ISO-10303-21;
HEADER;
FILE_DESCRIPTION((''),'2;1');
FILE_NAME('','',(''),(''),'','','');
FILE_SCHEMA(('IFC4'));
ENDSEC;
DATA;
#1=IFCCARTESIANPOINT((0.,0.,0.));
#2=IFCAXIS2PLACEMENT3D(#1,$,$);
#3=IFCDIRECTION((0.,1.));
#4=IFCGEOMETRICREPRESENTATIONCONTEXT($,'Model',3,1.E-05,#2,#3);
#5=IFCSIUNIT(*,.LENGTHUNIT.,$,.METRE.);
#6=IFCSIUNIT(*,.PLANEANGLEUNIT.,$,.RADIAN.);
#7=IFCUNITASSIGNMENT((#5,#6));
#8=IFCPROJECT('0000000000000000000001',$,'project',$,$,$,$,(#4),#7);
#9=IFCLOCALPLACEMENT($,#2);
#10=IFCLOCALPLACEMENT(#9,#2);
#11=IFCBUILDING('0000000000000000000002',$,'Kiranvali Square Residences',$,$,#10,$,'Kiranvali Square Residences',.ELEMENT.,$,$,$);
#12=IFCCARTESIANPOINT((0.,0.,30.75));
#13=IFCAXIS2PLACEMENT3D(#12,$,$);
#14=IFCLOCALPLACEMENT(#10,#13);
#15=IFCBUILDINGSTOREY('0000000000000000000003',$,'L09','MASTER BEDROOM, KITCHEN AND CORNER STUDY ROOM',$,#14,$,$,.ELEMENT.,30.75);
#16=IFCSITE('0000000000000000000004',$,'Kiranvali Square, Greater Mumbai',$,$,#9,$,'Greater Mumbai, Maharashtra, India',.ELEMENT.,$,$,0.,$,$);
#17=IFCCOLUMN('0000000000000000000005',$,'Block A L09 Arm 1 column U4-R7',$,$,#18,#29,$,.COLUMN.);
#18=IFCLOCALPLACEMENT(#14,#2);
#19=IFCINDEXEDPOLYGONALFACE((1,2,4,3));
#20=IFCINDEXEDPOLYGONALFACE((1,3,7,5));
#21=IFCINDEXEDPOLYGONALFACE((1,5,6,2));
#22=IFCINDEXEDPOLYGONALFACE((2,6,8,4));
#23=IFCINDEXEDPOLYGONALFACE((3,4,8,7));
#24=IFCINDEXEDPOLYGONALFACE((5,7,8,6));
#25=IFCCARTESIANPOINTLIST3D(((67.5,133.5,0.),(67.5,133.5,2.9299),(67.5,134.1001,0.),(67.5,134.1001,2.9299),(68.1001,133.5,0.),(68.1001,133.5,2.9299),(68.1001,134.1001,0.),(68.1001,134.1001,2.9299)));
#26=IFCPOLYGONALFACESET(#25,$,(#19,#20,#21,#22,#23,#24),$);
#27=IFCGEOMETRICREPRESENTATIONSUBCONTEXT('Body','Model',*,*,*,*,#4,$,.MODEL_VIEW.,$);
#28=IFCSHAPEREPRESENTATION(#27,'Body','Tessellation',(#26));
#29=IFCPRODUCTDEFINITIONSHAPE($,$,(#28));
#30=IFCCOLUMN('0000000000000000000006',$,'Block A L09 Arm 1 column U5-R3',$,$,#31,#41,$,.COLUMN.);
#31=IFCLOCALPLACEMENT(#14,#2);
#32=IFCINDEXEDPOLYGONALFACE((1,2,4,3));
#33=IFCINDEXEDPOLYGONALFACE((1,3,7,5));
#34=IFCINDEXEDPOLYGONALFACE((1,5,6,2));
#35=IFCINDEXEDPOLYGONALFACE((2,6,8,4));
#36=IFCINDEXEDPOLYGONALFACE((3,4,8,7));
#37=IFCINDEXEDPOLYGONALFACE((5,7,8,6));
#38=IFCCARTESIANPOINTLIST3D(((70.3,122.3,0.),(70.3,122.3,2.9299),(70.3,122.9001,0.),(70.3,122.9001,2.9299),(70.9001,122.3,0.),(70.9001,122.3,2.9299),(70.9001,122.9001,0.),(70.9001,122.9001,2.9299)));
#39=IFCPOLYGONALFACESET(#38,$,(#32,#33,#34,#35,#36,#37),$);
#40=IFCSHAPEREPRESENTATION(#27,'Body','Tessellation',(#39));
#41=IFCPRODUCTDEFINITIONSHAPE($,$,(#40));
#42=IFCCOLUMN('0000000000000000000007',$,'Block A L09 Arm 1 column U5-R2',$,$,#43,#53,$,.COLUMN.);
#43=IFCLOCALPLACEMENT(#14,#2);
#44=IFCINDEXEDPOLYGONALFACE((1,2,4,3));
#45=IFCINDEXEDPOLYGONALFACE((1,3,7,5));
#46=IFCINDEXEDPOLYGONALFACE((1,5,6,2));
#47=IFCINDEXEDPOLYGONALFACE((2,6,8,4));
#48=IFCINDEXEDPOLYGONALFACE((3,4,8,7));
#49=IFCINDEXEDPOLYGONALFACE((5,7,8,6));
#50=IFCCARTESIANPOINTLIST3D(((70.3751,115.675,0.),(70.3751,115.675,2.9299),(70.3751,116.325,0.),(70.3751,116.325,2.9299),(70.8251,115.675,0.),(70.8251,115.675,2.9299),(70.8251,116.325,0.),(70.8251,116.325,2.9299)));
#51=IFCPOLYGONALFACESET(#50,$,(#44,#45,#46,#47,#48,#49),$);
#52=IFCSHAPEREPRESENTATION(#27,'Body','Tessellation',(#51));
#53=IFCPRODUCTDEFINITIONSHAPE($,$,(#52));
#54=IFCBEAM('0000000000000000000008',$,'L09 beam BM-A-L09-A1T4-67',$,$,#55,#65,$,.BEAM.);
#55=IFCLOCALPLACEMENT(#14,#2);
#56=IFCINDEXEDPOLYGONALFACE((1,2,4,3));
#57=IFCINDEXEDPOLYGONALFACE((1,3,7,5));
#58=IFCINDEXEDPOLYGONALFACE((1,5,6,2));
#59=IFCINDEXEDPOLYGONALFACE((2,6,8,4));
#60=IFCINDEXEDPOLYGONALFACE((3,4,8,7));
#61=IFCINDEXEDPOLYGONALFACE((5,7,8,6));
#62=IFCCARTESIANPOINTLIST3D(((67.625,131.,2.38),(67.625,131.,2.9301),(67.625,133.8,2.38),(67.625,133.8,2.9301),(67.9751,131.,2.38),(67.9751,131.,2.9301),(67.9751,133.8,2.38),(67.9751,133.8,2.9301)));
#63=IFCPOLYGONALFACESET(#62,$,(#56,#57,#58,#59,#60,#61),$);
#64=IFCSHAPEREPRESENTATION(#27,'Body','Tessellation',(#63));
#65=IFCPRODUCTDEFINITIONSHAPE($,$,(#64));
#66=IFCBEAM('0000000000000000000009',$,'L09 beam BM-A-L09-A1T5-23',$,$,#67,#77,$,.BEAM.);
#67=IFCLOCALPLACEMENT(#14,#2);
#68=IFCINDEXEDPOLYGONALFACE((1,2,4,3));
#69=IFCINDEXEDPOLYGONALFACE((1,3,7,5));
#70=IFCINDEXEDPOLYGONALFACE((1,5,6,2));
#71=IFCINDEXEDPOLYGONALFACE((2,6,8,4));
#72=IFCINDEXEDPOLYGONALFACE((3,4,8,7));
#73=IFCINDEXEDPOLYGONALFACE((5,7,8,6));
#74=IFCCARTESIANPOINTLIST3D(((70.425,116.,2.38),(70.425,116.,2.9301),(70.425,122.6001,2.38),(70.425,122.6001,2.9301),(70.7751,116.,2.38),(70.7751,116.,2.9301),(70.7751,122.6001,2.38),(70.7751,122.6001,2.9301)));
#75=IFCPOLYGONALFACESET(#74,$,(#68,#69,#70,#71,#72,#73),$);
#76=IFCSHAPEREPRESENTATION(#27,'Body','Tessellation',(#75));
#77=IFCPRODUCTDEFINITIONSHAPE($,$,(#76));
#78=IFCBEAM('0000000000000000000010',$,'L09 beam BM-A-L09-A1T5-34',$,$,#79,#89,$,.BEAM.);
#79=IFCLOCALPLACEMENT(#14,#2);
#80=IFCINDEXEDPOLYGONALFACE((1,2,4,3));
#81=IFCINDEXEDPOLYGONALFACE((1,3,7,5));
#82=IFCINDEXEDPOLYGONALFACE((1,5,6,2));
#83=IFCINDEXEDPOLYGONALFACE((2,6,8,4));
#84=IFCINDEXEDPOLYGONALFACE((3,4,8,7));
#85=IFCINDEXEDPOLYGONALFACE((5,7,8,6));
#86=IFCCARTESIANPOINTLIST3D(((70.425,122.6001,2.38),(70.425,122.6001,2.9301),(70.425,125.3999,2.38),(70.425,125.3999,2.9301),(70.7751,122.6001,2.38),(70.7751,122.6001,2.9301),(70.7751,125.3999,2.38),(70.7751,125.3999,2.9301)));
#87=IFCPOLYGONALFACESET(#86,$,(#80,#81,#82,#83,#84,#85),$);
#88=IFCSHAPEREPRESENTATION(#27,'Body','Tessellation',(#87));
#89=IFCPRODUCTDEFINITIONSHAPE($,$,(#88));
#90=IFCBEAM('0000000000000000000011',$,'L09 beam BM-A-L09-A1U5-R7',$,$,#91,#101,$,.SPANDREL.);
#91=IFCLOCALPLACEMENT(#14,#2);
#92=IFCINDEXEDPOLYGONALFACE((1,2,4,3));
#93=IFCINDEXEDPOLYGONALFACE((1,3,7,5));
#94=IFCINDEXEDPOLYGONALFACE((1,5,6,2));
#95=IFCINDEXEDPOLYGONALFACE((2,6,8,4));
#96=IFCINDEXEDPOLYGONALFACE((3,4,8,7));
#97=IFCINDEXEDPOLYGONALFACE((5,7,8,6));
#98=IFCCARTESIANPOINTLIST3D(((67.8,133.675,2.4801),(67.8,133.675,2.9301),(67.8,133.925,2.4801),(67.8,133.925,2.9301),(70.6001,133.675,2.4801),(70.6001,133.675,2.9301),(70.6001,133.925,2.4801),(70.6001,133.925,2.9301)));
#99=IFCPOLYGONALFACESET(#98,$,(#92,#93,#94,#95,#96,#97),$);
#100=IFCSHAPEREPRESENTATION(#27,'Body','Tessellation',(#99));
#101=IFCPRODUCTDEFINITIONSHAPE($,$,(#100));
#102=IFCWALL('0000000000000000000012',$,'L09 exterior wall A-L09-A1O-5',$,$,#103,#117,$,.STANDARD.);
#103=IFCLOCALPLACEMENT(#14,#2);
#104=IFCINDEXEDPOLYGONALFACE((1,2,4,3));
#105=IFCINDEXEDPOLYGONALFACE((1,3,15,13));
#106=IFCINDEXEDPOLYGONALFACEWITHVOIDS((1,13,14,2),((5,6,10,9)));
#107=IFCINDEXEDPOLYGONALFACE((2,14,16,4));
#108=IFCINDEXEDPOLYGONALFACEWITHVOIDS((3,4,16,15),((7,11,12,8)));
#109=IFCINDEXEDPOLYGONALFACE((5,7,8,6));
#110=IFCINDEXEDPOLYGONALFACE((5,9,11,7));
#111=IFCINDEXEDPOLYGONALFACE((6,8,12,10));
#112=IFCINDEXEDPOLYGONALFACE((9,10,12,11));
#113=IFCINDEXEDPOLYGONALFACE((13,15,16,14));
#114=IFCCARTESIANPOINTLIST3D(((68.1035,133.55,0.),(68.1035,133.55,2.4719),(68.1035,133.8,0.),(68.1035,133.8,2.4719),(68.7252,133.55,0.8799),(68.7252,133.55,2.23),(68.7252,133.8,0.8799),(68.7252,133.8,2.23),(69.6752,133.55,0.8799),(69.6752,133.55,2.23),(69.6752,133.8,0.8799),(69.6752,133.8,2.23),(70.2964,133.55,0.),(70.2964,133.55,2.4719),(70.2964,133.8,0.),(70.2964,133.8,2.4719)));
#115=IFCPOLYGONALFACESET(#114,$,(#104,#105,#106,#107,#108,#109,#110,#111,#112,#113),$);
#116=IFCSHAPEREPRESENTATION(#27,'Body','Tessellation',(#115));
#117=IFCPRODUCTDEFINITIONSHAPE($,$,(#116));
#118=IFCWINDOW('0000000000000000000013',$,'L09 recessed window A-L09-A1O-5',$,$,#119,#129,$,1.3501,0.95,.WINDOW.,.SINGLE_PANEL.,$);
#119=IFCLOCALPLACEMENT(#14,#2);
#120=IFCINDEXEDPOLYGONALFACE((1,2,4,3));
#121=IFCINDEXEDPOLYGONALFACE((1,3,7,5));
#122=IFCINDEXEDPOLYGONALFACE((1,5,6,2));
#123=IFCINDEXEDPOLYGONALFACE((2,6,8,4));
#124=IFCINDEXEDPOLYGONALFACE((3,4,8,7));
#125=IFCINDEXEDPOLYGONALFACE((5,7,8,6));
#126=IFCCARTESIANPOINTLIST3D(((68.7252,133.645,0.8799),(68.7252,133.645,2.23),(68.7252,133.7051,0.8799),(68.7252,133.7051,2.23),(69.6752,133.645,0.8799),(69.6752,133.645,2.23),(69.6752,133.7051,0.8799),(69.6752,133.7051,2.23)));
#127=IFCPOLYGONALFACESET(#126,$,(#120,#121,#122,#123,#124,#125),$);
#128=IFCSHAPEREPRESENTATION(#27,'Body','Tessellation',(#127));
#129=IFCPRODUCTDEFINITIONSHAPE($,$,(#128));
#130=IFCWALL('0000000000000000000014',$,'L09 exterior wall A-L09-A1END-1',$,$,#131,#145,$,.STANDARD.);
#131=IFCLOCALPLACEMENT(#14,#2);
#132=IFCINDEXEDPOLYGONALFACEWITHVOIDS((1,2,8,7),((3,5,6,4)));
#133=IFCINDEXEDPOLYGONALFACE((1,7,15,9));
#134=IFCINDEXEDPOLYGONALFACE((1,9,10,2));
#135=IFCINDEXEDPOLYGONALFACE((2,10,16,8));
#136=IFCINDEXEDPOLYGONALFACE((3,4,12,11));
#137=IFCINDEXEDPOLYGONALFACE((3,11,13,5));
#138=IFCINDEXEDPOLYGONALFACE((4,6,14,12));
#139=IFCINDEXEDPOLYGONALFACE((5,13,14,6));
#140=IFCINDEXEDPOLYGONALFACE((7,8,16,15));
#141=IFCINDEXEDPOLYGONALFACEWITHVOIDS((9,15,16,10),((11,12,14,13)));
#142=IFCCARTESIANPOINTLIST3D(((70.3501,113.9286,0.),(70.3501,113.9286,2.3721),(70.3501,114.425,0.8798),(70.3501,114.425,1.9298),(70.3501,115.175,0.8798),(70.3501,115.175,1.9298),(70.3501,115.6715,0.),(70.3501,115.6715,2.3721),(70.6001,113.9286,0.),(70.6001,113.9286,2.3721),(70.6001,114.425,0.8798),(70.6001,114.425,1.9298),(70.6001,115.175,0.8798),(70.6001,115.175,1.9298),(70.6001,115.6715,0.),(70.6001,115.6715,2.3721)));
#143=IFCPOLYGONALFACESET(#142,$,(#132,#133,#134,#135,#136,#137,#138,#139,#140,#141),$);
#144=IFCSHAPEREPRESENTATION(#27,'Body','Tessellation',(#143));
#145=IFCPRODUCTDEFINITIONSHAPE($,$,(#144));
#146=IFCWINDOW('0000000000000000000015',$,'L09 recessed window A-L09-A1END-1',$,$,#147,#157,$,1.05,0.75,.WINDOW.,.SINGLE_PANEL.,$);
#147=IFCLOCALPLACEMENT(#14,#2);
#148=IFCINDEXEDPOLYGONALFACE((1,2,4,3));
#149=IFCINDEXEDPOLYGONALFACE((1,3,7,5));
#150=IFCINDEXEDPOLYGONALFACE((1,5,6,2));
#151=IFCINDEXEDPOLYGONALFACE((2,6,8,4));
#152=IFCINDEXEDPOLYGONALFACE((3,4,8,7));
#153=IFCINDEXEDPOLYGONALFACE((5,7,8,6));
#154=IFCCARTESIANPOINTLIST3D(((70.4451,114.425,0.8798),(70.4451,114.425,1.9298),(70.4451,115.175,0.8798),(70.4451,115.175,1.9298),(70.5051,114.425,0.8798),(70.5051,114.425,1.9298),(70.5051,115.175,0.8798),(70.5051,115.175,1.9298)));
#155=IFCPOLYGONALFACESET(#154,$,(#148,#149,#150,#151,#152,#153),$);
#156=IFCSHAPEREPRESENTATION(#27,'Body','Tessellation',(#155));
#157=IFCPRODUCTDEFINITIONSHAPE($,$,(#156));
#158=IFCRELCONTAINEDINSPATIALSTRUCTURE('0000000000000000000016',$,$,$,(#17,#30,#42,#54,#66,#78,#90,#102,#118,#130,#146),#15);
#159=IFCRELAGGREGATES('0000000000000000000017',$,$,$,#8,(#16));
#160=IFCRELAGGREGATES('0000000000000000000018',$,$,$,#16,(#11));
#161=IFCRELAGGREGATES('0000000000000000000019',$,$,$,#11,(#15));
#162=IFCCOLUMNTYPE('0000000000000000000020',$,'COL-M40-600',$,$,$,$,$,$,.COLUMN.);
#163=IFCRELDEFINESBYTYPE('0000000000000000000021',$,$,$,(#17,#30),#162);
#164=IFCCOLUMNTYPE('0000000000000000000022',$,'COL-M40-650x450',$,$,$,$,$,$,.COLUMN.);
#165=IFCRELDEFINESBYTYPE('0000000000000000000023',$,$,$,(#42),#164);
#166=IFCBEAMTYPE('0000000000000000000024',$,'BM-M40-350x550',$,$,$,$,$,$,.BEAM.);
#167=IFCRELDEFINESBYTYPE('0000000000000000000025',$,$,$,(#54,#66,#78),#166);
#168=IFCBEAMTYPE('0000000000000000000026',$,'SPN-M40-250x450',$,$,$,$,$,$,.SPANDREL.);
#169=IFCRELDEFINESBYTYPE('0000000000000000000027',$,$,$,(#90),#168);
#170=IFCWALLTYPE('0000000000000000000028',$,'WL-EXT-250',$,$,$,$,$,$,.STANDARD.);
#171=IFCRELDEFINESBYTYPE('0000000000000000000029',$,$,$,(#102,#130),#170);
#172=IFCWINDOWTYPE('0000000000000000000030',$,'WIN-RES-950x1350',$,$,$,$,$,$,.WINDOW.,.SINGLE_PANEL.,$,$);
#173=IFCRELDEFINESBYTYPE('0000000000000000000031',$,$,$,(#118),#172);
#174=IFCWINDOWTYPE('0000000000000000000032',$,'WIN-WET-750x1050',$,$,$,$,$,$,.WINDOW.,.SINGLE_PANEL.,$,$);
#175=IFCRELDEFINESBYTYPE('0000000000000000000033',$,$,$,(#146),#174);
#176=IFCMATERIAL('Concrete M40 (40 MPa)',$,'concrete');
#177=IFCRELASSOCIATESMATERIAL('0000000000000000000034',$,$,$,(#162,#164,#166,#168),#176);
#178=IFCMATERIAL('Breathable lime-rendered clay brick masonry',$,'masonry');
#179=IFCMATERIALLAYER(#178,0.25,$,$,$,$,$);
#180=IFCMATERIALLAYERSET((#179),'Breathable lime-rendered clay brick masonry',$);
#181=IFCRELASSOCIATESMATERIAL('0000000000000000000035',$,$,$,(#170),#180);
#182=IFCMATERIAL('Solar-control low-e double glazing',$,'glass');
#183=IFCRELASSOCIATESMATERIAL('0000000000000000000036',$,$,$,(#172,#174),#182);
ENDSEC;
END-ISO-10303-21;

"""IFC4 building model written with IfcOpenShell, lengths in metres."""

from ifc_helpers import new_model, si_unit, direction, frame, frame_2d, origin, origin_2d, place, context, subcontext, project, spatial, rectangle, extrude, material, layer, layer_set, material_profile, profile_set, type_object, element, fill, save


model = new_model("IFC4")

# Units and contexts
model_context = context("Model", 3, precision=1e-05, world=origin(), true_north=direction((0.0, 1.0)))
body_context = subcontext(model_context, "Body", "Model", "MODEL_VIEW")
ifc_project = project(units=[si_unit("LENGTHUNIT", "METRE"), si_unit("PLANEANGLEUNIT", "RADIAN")], contexts=[model_context])

# Site, building, storey
site_placement = place(None, origin())
site = spatial("IfcSite", under=ifc_project, at=site_placement, Name="Kiranvali Square, Greater Mumbai", LongName="Greater Mumbai, Maharashtra, India", CompositionType="ELEMENT", RefElevation=0.0)
building_placement = place(site_placement, origin())
building = spatial("IfcBuilding", under=site, at=building_placement, Name="Kiranvali Square Residences", LongName="Kiranvali Square Residences", CompositionType="ELEMENT")
storey_placement = place(building_placement, frame((0.0, 0.0, 30.75)))
storey = spatial("IfcBuildingStorey", under=building, at=storey_placement, Name="L09", Description="MASTER BEDROOM, KITCHEN AND CORNER STUDY ROOM", CompositionType="ELEMENT", Elevation=30.75)

# Columns
ifc_material_1 = material(Name="Concrete M40 (40 MPa)", Category="concrete")
ifc_material_profile_1 = material_profile(ifc_material_1, rectangle(XDim=0.6001, YDim=0.6001, at=origin_2d()), Name="RC 600x600")
ifc_profile_set_1 = profile_set([ifc_material_profile_1], Name="Concrete M40 (40 MPa)")
column_type_1 = type_object("IfcColumnType", Name="COL-M40-600", PredefinedType="COLUMN", material=ifc_profile_set_1)
for number, where, z_axis, x_axis, name in (
    (1, (67.8, 133.8, 0.0), (0.0, 0.0, 1.0), (1.0, 0.0, 0.0), "Block A L09 Arm 1 column U4-R7"),
    (2, (70.6001, 122.6001, 0.0), (0.0, 0.0, 1.0), (1.0, 0.0, 0.0), "Block A L09 Arm 1 column U5-R3"),
):
    element("IfcColumn", number, at=place(storey_placement, frame(where, z_axis=z_axis, x_axis=x_axis)), inside=storey, type_object=column_type_1, Name=name, PredefinedType="COLUMN", context=body_context, shape_type="SweptSolid", body=[
        extrude(rectangle(XDim=0.6001, YDim=0.6001, at=origin_2d()), origin(), (0.0, 0.0, 1.0), 2.9299),
    ])
ifc_material_profile_2 = material_profile(ifc_material_1, rectangle(XDim=0.45, YDim=0.6499, at=origin_2d()), Name="RC 650x450")
ifc_profile_set_2 = profile_set([ifc_material_profile_2], Name="Concrete M40 (40 MPa)")
column_type_2 = type_object("IfcColumnType", Name="COL-M40-650x450", PredefinedType="COLUMN", material=ifc_profile_set_2)
column_placement = place(storey_placement, frame((70.6001, 116.0, 0.0), z_axis=(0.0, 0.0, 1.0), x_axis=(1.0, 0.0, 0.0)))
element("IfcColumn", 3, at=column_placement, inside=storey, type_object=column_type_2, Name="Block A L09 Arm 1 column U5-R2", PredefinedType="COLUMN", context=body_context, shape_type="SweptSolid", body=[
    extrude(rectangle(XDim=0.45, YDim=0.6499, at=origin_2d()), origin(), (0.0, 0.0, 1.0), 2.9299),
])

# Beams
ifc_material_profile_3 = material_profile(ifc_material_1, rectangle(XDim=0.3501, YDim=0.55, at=origin_2d()), Name="RC 350x550")
ifc_profile_set_3 = profile_set([ifc_material_profile_3], Name="Concrete M40 (40 MPa)")
beam_type_1 = type_object("IfcBeamType", Name="BM-M40-350x550", PredefinedType="BEAM", material=ifc_profile_set_3)
beam_1_placement = place(storey_placement, frame((67.8, 131.0, 2.655), z_axis=(0.0, 1.0, 0.0), x_axis=(-1.0, 0.0, 0.0)))
element("IfcBeam", 4, at=beam_1_placement, inside=storey, type_object=beam_type_1, Name="L09 beam BM-A-L09-A1T4-67", PredefinedType="BEAM", context=body_context, shape_type="SweptSolid", body=[
    extrude(rectangle(XDim=0.3501, YDim=0.55, at=origin_2d()), origin(), (0.0, 0.0, 1.0), 2.8),
])
beam_2_placement = place(storey_placement, frame((70.6001, 116.0, 2.655), z_axis=(0.0, 1.0, 0.0), x_axis=(-1.0, 0.0, 0.0)))
element("IfcBeam", 5, at=beam_2_placement, inside=storey, type_object=beam_type_1, Name="L09 beam BM-A-L09-A1T5-23", PredefinedType="BEAM", context=body_context, shape_type="SweptSolid", body=[
    extrude(rectangle(XDim=0.3501, YDim=0.55, at=origin_2d()), origin(), (0.0, 0.0, 1.0), 6.6001),
])
beam_3_placement = place(storey_placement, frame((70.6001, 122.6001, 2.655), z_axis=(0.0, 1.0, 0.0), x_axis=(-1.0, 0.0, 0.0)))
element("IfcBeam", 6, at=beam_3_placement, inside=storey, type_object=beam_type_1, Name="L09 beam BM-A-L09-A1T5-34", PredefinedType="BEAM", context=body_context, shape_type="SweptSolid", body=[
    extrude(rectangle(XDim=0.3501, YDim=0.55, at=origin_2d()), origin(), (0.0, 0.0, 1.0), 2.7998),
])
ifc_material_profile_4 = material_profile(ifc_material_1, rectangle(XDim=0.25, YDim=0.45, at=origin_2d()), Name="RC 250x450")
ifc_profile_set_4 = profile_set([ifc_material_profile_4], Name="Concrete M40 (40 MPa)")
beam_type_2 = type_object("IfcBeamType", Name="SPN-M40-250x450", PredefinedType="SPANDREL", material=ifc_profile_set_4)
beam_4_placement = place(storey_placement, frame((67.8, 133.8, 2.7051), z_axis=(1.0, 0.0, 0.0), x_axis=(0.0, 1.0, 0.0)))
element("IfcBeam", 7, at=beam_4_placement, inside=storey, type_object=beam_type_2, Name="L09 beam BM-A-L09-A1U5-R7", PredefinedType="SPANDREL", context=body_context, shape_type="SweptSolid", body=[
    extrude(rectangle(XDim=0.25, YDim=0.45, at=origin_2d()), origin(), (0.0, 0.0, 1.0), 2.8),
])

# Walls, openings, windows
ifc_material_2 = material(Name="Breathable lime-rendered clay brick masonry", Category="masonry")
ifc_layer_1 = layer(ifc_material_2, 0.25)
ifc_layer_set_1 = layer_set([ifc_layer_1], Name="Breathable lime-rendered clay brick masonry")
wall_type_1 = type_object("IfcWallType", Name="WL-EXT-250", PredefinedType="STANDARD", material=ifc_layer_set_1)
wall_1_placement = place(storey_placement, frame((68.1035, 133.675, 0.0), z_axis=(0.0, 0.0, 1.0), x_axis=(1.0, 0.0, 0.0)))
wall_1 = element("IfcWall", 8, at=wall_1_placement, inside=storey, type_object=wall_type_1, Name="L09 exterior wall A-L09-A1O-5", PredefinedType="STANDARD", context=body_context, shape_type="SweptSolid", body=[
    extrude(rectangle(XDim=2.1929, YDim=0.25, at=frame_2d((1.0964, 0.0))), origin(), (0.0, 0.0, 1.0), 2.4719),
])
opening_1_placement = place(wall_1_placement, frame((0.6216, 0.0, 0.8799)))
opening_1 = element("IfcOpeningElement", 9, at=opening_1_placement, cuts=wall_1, PredefinedType="OPENING", context=body_context, shape_type="SweptSolid", body=[
    extrude(rectangle(XDim=0.95, YDim=1.3501, at=frame_2d((0.4751, 0.675))), frame((0.0, 0.135, 0.0), z_axis=(0.0, -1.0, 0.0), x_axis=(1.0, 0.0, 0.0)), (0.0, 0.0, 1.0), 0.27),
])
ifc_material_3 = material(Name="Solar-control low-e double glazing", Category="glass")
window_type_1 = type_object("IfcWindowType", Name="WIN-RES-950x1350", PartitioningType="SINGLE_PANEL", PredefinedType="WINDOW", material=ifc_material_3)
window_1_placement = place(opening_1_placement, origin())
window_1 = element("IfcWindow", 10, at=window_1_placement, inside=storey, type_object=window_type_1, Name="L09 recessed window A-L09-A1O-5", OverallHeight=1.3501, OverallWidth=0.95, PartitioningType="SINGLE_PANEL", PredefinedType="WINDOW", context=body_context, shape_type="SweptSolid", body=[
    extrude(rectangle(XDim=0.95, YDim=1.3501, at=frame_2d((0.4751, 0.675))), frame((0.0, 0.03, 0.0), z_axis=(0.0, -1.0, 0.0), x_axis=(1.0, 0.0, 0.0)), (0.0, 0.0, 1.0), 0.0601),
])
fill(opening_1, window_1)
wall_2_placement = place(storey_placement, frame((70.4751, 113.9285, 0.0), z_axis=(0.0, 0.0, 1.0), x_axis=(0.0, 1.0, 0.0)))
wall_2 = element("IfcWall", 11, at=wall_2_placement, inside=storey, type_object=wall_type_1, Name="L09 exterior wall A-L09-A1END-1", PredefinedType="STANDARD", context=body_context, shape_type="SweptSolid", body=[
    extrude(rectangle(XDim=1.7429, YDim=0.25, at=frame_2d((0.8716, 0.0))), origin(), (0.0, 0.0, 1.0), 2.3721),
])
opening_2_placement = place(wall_2_placement, frame((0.4966, 0.0, 0.8799)))
opening_2 = element("IfcOpeningElement", 12, at=opening_2_placement, cuts=wall_2, PredefinedType="OPENING", context=body_context, shape_type="SweptSolid", body=[
    extrude(rectangle(XDim=0.75, YDim=1.05, at=frame_2d((0.375, 0.5249))), frame((0.0, 0.135, 0.0), z_axis=(0.0, -1.0, 0.0), x_axis=(1.0, 0.0, 0.0)), (0.0, 0.0, 1.0), 0.27),
])
window_type_2 = type_object("IfcWindowType", Name="WIN-WET-750x1050", PartitioningType="SINGLE_PANEL", PredefinedType="WINDOW", material=ifc_material_3)
window_2_placement = place(opening_2_placement, origin())
window_2 = element("IfcWindow", 13, at=window_2_placement, inside=storey, type_object=window_type_2, Name="L09 recessed window A-L09-A1END-1", OverallHeight=1.05, OverallWidth=0.75, PartitioningType="SINGLE_PANEL", PredefinedType="WINDOW", context=body_context, shape_type="SweptSolid", body=[
    extrude(rectangle(XDim=0.75, YDim=1.05, at=frame_2d((0.375, 0.5249))), frame((0.0, 0.03, 0.0), z_axis=(0.0, -1.0, 0.0), x_axis=(1.0, 0.0, 0.0)), (0.0, 0.0, 1.0), 0.0601),
])
fill(opening_2, window_2)

save(model, "model.ifc")
